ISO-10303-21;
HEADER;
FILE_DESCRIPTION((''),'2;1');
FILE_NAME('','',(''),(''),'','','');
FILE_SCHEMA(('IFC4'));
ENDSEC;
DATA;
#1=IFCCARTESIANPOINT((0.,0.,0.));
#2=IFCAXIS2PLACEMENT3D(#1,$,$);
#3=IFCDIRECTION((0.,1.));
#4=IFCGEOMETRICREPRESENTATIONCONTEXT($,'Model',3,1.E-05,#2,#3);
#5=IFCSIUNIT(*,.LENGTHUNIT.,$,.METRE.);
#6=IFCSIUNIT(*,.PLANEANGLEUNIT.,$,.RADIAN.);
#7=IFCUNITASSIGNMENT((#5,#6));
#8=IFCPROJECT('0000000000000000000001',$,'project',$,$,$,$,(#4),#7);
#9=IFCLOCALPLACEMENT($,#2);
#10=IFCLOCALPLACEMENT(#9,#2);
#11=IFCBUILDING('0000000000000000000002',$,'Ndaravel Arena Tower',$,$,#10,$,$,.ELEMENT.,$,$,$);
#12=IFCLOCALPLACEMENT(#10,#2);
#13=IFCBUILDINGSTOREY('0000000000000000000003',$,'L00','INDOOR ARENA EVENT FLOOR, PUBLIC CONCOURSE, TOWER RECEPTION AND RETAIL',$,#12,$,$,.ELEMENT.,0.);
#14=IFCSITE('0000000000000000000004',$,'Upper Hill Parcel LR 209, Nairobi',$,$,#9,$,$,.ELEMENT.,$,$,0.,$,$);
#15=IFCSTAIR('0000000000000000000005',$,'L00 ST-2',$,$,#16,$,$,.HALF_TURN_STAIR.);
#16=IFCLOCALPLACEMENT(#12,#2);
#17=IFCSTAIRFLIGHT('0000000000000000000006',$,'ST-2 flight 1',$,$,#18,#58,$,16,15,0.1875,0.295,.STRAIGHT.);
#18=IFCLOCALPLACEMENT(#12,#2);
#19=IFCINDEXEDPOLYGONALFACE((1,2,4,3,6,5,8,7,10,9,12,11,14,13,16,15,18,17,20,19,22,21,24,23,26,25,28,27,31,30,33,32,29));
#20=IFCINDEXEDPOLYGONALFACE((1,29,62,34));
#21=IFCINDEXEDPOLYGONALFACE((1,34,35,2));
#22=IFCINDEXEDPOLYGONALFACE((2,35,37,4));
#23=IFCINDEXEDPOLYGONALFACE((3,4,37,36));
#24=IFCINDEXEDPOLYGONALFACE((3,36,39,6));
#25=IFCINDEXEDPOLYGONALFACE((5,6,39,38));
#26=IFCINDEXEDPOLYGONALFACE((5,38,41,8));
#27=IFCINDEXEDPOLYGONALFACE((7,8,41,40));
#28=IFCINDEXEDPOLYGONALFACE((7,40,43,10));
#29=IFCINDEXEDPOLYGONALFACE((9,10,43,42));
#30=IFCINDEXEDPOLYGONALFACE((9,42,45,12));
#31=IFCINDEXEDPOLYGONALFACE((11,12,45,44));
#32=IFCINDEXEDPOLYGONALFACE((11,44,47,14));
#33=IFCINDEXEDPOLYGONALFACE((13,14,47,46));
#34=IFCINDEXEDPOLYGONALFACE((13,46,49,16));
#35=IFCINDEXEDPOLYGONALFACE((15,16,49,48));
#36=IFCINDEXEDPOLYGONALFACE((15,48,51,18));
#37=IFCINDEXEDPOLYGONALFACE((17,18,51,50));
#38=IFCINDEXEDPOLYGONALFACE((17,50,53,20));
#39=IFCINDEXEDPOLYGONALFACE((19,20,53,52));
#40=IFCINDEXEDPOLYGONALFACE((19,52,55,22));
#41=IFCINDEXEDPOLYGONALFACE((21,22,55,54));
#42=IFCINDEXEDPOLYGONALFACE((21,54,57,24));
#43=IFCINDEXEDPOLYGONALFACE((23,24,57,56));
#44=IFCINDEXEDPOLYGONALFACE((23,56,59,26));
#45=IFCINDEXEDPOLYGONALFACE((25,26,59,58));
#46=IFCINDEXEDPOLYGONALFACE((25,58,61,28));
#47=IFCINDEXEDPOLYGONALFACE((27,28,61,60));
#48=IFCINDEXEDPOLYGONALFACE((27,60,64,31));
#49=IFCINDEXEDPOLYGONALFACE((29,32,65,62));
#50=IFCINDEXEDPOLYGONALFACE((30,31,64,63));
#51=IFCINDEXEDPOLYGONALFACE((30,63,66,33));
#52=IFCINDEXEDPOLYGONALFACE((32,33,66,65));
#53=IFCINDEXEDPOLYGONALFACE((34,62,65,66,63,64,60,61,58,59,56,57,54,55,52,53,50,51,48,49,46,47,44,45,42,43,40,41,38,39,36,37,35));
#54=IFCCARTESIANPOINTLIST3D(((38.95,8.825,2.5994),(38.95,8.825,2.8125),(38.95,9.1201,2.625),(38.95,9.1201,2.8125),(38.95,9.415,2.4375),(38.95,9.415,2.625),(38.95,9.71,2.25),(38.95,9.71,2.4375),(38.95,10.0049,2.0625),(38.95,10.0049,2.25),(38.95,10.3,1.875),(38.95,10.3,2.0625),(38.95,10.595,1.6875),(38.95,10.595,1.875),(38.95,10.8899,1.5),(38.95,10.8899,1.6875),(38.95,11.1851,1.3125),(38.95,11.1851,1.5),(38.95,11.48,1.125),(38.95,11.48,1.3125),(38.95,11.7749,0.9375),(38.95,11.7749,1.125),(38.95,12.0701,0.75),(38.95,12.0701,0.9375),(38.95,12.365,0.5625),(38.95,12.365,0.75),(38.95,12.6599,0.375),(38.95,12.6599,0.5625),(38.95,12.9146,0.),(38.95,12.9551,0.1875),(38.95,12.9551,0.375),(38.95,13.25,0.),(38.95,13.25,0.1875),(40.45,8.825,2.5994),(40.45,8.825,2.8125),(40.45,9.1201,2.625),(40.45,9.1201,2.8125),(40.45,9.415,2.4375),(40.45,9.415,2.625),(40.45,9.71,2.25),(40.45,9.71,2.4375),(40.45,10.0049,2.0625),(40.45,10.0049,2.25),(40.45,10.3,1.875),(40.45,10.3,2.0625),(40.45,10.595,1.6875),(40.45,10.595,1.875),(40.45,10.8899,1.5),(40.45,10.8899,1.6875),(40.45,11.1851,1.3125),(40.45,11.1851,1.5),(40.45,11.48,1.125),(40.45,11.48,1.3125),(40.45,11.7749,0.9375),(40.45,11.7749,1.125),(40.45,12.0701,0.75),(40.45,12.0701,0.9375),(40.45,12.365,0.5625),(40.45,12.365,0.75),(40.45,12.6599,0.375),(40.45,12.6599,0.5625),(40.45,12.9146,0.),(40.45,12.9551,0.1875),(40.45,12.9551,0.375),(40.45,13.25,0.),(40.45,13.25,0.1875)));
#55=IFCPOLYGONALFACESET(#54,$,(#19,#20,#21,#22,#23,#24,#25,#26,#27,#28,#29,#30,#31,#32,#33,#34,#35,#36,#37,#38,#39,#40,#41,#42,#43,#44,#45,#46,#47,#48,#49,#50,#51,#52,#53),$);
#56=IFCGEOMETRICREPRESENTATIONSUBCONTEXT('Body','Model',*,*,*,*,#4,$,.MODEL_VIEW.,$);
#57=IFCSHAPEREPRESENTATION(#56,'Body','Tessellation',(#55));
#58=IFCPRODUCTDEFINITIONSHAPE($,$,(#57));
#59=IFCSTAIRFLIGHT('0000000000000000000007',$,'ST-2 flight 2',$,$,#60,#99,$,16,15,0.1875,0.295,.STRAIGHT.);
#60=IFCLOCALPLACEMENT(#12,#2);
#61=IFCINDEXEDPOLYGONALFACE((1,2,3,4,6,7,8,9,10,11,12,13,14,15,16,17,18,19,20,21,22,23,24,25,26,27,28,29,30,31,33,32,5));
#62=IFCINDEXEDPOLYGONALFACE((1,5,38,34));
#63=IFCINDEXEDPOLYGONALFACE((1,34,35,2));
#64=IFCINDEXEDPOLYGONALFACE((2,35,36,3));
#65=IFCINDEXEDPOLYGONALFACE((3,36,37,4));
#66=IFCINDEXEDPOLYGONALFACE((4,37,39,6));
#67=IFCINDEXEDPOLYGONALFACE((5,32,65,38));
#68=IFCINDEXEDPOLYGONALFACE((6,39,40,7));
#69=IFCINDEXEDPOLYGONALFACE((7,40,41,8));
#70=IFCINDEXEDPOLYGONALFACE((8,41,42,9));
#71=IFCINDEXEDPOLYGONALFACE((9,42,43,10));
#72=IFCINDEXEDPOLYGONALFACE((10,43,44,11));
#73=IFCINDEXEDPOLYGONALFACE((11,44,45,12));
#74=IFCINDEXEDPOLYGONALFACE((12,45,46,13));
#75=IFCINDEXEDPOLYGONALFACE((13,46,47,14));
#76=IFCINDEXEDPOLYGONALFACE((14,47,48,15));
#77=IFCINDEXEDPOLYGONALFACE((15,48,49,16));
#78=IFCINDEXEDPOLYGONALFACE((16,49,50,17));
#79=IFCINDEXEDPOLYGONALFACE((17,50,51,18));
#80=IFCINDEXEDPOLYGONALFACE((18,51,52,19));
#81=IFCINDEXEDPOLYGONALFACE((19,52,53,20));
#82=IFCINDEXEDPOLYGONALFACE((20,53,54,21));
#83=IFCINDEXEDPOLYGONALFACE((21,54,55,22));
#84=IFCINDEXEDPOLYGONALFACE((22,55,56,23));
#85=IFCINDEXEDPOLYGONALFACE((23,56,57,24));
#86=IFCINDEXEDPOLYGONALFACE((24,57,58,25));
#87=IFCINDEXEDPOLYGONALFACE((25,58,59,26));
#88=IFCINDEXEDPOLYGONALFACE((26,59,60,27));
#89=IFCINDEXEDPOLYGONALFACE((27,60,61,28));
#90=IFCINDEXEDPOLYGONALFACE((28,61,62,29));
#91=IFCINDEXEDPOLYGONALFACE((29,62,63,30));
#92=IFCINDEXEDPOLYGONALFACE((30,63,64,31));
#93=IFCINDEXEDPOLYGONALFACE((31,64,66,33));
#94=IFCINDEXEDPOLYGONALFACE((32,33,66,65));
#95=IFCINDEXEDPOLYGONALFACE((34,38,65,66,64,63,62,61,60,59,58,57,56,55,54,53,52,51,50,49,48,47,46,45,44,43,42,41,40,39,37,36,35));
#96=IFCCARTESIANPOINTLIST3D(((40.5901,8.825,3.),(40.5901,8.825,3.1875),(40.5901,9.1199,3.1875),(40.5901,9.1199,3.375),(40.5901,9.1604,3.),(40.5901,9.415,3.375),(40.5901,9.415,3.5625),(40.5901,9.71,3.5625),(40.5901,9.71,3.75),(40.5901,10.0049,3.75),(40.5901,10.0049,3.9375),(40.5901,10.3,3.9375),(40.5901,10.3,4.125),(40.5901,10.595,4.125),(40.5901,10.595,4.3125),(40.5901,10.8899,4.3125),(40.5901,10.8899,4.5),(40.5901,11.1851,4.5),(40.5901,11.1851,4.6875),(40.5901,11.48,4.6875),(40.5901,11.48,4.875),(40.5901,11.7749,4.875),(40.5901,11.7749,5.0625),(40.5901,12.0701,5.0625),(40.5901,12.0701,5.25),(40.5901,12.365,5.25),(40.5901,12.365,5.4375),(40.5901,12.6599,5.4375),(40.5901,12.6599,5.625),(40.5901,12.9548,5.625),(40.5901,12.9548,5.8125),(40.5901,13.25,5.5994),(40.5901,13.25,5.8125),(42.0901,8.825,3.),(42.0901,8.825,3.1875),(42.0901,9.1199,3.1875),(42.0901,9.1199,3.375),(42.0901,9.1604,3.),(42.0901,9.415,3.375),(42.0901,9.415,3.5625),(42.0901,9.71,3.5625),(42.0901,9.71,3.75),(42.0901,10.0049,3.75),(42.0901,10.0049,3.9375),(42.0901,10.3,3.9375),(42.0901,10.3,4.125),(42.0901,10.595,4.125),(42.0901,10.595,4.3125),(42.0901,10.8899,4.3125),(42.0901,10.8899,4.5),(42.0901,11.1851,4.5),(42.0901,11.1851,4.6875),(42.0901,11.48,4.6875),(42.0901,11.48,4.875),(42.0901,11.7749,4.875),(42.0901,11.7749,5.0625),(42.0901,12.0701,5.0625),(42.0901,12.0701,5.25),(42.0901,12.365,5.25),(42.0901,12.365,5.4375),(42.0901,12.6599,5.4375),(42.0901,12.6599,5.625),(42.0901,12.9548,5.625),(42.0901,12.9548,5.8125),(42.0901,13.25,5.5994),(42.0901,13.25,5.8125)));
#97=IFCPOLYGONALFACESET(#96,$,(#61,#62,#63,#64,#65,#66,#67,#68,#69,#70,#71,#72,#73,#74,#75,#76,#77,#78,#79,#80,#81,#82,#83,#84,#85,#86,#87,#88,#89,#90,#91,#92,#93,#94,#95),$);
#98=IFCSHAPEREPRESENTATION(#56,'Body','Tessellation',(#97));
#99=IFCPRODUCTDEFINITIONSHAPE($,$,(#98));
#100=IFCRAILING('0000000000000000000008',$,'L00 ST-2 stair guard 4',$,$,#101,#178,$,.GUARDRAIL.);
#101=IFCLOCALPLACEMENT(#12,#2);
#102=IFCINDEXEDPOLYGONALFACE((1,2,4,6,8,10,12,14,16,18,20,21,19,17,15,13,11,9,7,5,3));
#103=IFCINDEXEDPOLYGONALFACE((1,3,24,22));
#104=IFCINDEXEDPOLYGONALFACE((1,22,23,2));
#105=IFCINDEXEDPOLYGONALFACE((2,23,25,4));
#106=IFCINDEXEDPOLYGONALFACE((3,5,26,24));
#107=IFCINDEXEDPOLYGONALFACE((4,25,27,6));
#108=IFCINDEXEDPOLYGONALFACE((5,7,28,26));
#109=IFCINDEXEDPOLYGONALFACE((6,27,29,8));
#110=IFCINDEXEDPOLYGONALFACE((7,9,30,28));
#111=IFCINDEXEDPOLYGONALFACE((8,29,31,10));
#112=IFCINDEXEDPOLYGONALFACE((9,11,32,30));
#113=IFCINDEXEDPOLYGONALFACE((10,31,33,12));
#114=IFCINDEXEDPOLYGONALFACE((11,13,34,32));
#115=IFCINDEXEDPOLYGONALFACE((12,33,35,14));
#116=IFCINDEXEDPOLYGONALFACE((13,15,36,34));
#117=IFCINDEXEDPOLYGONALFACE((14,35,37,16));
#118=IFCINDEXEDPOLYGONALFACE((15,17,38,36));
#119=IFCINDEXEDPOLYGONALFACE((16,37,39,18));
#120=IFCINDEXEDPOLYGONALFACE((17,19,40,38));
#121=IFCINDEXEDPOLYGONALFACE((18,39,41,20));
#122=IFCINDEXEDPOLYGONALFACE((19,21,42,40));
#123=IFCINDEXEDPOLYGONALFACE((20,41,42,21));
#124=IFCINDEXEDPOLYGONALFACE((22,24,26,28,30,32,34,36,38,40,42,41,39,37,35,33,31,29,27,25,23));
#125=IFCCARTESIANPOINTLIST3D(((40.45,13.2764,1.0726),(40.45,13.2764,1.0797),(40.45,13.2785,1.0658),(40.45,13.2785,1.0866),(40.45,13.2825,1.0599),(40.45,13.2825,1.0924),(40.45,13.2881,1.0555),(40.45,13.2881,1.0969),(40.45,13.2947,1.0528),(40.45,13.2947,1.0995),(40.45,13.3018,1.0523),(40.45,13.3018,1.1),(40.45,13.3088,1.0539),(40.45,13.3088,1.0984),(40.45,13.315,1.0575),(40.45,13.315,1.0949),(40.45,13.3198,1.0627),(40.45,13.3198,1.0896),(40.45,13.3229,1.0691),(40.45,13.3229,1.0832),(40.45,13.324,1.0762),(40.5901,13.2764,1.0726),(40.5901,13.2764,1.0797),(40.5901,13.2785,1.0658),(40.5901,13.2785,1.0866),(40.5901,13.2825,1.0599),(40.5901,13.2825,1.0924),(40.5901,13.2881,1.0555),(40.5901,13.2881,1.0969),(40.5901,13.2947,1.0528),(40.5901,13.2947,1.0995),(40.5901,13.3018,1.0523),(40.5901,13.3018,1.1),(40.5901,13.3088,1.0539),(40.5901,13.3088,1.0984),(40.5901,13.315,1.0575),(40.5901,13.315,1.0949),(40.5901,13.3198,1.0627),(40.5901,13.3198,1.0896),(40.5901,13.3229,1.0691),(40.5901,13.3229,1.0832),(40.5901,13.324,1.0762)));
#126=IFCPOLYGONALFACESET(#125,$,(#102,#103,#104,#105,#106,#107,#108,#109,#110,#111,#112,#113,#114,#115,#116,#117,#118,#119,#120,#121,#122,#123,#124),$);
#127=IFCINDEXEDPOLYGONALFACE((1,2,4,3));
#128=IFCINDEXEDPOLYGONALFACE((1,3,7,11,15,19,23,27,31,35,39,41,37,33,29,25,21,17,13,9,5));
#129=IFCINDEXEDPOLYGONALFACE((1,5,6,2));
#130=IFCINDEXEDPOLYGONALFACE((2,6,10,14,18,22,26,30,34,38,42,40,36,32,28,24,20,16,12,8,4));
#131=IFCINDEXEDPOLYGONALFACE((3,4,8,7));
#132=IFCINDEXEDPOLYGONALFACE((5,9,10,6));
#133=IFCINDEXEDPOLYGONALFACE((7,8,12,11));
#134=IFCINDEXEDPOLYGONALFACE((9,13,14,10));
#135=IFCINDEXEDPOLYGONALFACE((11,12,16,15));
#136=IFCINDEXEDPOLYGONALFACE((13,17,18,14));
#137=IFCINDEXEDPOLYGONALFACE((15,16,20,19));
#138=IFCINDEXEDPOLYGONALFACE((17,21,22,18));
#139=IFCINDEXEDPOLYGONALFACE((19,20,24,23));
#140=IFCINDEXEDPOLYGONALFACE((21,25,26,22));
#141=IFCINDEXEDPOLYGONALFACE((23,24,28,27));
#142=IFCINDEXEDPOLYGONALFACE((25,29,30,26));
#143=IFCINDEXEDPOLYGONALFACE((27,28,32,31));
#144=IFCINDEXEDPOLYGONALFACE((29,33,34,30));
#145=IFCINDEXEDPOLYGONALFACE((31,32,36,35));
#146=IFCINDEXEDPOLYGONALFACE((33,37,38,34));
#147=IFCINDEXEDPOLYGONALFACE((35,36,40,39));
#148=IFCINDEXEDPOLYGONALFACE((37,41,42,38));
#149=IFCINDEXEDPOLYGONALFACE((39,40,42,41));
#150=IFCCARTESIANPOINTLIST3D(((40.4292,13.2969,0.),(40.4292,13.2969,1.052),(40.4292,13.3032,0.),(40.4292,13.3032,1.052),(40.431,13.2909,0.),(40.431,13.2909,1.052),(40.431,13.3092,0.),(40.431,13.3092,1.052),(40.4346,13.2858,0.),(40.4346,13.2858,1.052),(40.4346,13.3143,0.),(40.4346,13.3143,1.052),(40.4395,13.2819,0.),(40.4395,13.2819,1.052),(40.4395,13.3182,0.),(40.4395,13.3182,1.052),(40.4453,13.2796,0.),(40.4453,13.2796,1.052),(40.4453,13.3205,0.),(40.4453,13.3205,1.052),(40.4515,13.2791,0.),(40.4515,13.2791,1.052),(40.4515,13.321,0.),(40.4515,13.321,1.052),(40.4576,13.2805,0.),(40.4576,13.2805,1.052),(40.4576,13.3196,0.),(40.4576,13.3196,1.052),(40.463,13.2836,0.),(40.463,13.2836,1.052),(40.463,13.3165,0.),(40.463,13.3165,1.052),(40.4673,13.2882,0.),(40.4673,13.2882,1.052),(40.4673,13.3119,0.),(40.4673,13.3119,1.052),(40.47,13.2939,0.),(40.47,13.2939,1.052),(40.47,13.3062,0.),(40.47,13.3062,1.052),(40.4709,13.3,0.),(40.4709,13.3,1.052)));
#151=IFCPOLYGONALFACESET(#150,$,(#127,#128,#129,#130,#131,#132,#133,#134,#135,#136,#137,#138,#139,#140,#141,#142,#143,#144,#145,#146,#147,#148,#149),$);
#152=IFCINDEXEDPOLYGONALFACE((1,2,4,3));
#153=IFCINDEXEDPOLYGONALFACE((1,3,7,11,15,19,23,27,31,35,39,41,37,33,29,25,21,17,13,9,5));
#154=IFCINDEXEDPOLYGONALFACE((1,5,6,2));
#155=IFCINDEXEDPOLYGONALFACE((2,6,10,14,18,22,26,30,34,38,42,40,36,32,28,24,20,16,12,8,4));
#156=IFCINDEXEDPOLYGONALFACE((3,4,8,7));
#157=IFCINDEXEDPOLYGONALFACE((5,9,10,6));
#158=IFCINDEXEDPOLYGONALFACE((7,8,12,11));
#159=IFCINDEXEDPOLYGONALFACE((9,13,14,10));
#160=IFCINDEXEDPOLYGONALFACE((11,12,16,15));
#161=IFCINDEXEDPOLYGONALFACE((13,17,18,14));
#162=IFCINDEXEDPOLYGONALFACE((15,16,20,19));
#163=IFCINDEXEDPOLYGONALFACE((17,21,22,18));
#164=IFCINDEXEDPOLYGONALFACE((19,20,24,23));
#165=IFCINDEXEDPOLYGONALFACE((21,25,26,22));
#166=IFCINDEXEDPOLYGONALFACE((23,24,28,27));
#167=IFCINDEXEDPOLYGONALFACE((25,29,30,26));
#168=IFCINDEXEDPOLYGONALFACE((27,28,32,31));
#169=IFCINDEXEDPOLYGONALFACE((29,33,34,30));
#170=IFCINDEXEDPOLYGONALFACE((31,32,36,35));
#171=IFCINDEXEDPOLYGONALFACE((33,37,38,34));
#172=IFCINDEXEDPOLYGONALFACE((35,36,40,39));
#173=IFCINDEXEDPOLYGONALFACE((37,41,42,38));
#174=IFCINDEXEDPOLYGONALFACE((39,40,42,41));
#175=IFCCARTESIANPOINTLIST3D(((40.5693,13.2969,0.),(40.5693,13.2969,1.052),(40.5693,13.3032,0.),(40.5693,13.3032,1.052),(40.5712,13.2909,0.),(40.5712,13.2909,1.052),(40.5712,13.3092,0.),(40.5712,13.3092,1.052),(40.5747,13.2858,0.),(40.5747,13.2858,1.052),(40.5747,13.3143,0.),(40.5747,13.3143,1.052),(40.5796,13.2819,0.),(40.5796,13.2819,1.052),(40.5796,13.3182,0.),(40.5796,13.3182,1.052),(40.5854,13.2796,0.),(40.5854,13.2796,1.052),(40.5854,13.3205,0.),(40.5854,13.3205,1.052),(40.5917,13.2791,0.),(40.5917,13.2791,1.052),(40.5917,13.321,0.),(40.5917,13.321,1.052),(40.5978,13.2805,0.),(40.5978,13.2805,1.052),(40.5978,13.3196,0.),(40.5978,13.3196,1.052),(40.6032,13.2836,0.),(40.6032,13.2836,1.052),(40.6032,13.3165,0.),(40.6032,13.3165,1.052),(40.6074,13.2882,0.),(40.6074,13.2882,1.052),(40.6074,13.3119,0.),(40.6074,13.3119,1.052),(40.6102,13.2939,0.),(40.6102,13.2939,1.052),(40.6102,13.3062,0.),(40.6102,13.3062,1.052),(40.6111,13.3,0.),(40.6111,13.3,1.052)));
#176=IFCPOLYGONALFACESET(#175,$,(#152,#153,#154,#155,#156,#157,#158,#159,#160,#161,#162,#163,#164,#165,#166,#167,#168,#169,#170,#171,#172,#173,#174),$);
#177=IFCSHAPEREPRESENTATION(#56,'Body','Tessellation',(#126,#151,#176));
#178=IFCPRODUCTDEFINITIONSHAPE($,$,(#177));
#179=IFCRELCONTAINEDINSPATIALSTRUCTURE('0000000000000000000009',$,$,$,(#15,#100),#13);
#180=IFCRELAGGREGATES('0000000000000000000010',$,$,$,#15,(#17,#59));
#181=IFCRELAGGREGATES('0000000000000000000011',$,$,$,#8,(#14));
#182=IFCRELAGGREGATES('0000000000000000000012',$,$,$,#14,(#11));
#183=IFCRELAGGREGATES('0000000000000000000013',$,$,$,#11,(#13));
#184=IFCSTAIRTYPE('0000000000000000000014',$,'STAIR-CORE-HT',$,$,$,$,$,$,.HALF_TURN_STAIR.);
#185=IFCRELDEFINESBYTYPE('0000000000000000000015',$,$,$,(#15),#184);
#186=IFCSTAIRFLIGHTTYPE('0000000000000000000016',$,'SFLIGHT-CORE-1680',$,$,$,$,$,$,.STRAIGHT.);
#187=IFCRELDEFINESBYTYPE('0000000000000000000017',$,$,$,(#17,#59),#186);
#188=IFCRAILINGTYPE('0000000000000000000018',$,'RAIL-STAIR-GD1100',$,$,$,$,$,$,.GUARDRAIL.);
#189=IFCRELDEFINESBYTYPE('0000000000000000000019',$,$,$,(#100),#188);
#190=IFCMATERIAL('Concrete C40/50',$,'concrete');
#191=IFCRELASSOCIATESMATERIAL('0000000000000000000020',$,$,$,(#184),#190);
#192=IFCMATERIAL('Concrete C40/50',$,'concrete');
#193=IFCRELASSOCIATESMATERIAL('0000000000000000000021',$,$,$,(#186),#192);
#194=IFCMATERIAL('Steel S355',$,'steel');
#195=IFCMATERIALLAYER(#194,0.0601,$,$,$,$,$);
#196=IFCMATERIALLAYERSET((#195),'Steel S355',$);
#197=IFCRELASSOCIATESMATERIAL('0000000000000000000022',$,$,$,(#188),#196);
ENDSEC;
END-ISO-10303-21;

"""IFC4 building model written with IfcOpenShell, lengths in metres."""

from ifc_helpers import new_model, si_unit, direction, frame, origin, origin_2d, place, context, subcontext, project, spatial, polyline, circle, outline, extrude, material, layer, layer_set, type_object, element, aggregate, save


model = new_model("IFC4")

# Units and contexts
model_context = context("Model", 3, precision=1e-05, world=origin(), true_north=direction((0.0, 1.0)))
body_context = subcontext(model_context, "Body", "Model", "MODEL_VIEW")
ifc_project = project(units=[si_unit("LENGTHUNIT", "METRE"), si_unit("PLANEANGLEUNIT", "RADIAN")], contexts=[model_context])

# Site, building, storey
site_placement = place(None, origin())
site = spatial("IfcSite", under=ifc_project, at=site_placement, Name="Upper Hill Parcel LR 209, Nairobi", CompositionType="ELEMENT", RefElevation=0.0)
building_placement = place(site_placement, origin())
building = spatial("IfcBuilding", under=site, at=building_placement, Name="Ndaravel Arena Tower", CompositionType="ELEMENT")
storey_placement = place(building_placement, origin())
storey = spatial("IfcBuildingStorey", under=building, at=storey_placement, Name="L00", Description="INDOOR ARENA EVENT FLOOR, PUBLIC CONCOURSE, TOWER RECEPTION AND RETAIL", CompositionType="ELEMENT", Elevation=0.0)

# Stair, stair flights
ifc_material_1 = material(Name="Concrete C40/50", Category="concrete")
stair_type = type_object("IfcStairType", Name="STAIR-CORE-HT", PredefinedType="HALF_TURN_STAIR", material=ifc_material_1)
stair_placement = place(storey_placement, origin())
stair = element("IfcStair", 1, at=stair_placement, inside=storey, type_object=stair_type, Name="L00 ST-2", PredefinedType="HALF_TURN_STAIR")
ifc_material_2 = material(Name="Concrete C40/50", Category="concrete")
stair_flight_type = type_object("IfcStairFlightType", Name="SFLIGHT-CORE-1680", PredefinedType="STRAIGHT", material=ifc_material_2)
stair_flight_1_placement = place(storey_placement, frame((39.7, 13.25, 0.0), z_axis=(0.0, 0.0, 1.0), x_axis=(0.0, -1.0, 0.0)))
stair_flight_1 = element("IfcStairFlight", 2, at=stair_flight_1_placement, type_object=stair_flight_type, Name="ST-2 flight 1", NumberOfRisers=16, NumberOfTreads=15, PredefinedType="STRAIGHT", RiserHeight=0.1875, TreadLength=0.295, context=body_context, shape_type="SweptSolid", body=[
    extrude(outline(polyline([(0.0, 0.0), (0.0, 0.1875), (0.2949, 0.1875), (0.2949, 0.375), (0.5901, 0.375), (0.5901, 0.5625), (0.885, 0.5625), (0.885, 0.75), (1.1799, 0.75), (1.1799, 0.9375), (1.4751, 0.9375), (1.4751, 1.125), (1.77, 1.125), (1.77, 1.3125), (2.0649, 1.3125), (2.0649, 1.5), (2.3601, 1.5), (2.3601, 1.6875), (2.655, 1.6875), (2.655, 1.875), (2.95, 1.875), (2.95, 2.0625), (3.2451, 2.0625), (3.2451, 2.25), (3.54, 2.25), (3.54, 2.4375), (3.835, 2.4375), (3.835, 2.625), (4.1299, 2.625), (4.1299, 2.8125), (4.425, 2.8125), (4.425, 3.0), (4.425, 2.5994), (0.3354, 0.0), (0.0, 0.0)])), frame((0.0, 0.75, 0.0), z_axis=(0.0, -1.0, 0.0), x_axis=(1.0, 0.0, 0.0)), (0.0, 0.0, 1.0), 1.5),
])
stair_flight_2_placement = place(storey_placement, frame((41.3401, 8.825, 3.0), z_axis=(0.0, 0.0, 1.0), x_axis=(0.0, 1.0, 0.0)))
stair_flight_2 = element("IfcStairFlight", 3, at=stair_flight_2_placement, type_object=stair_flight_type, Name="ST-2 flight 2", NumberOfRisers=16, NumberOfTreads=15, PredefinedType="STRAIGHT", RiserHeight=0.1875, TreadLength=0.295, context=body_context, shape_type="SweptSolid", body=[
    extrude(outline(polyline([(0.0, 0.0), (0.0, 0.1875), (0.2949, 0.1875), (0.2949, 0.375), (0.5901, 0.375), (0.5901, 0.5625), (0.885, 0.5625), (0.885, 0.75), (1.1799, 0.75), (1.1799, 0.9375), (1.4751, 0.9375), (1.4751, 1.125), (1.77, 1.125), (1.77, 1.3125), (2.0649, 1.3125), (2.0649, 1.5), (2.3601, 1.5), (2.3601, 1.6875), (2.655, 1.6875), (2.655, 1.875), (2.95, 1.875), (2.95, 2.0625), (3.2451, 2.0625), (3.2451, 2.25), (3.54, 2.25), (3.54, 2.4375), (3.835, 2.4375), (3.835, 2.625), (4.1299, 2.625), (4.1299, 2.8125), (4.425, 2.8125), (4.425, 3.0), (4.425, 2.5994), (0.3354, 0.0), (0.0, 0.0)])), frame((0.0, 0.75, 0.0), z_axis=(0.0, -1.0, 0.0), x_axis=(1.0, 0.0, 0.0)), (0.0, 0.0, 1.0), 1.5),
])
aggregate(stair, [stair_flight_1, stair_flight_2])

# Railing
ifc_material_3 = material(Name="Steel S355", Category="steel")
ifc_layer_1 = layer(ifc_material_3, 0.0601)
ifc_layer_set_1 = layer_set([ifc_layer_1], Name="Steel S355")
railing_type_1 = type_object("IfcRailingType", Name="RAIL-STAIR-GD1100", PredefinedType="GUARDRAIL", material=ifc_layer_set_1)
railing_1_placement = place(storey_placement, frame((40.45, 13.3, 0.0)))
element("IfcRailing", 4, at=railing_1_placement, inside=storey, type_object=railing_type_1, Name="L00 ST-2 stair guard 4", PredefinedType="GUARDRAIL", context=body_context, shape_type="SweptSolid", body=[
    extrude(circle(Radius=0.0239, at=origin_2d()), frame((0.0, 0.0, 1.0762), z_axis=(1.0, 0.0, 0.0), x_axis=(0.0, 1.0, 0.0)), (0.0, 0.0, 1.0), 0.1401),
    extrude(circle(Radius=0.021, at=origin_2d()), origin(), (0.0, 0.0, 1.0), 1.052),
    extrude(circle(Radius=0.021, at=origin_2d()), frame((0.1401, 0.0, 0.0)), (0.0, 0.0, 1.0), 1.052),
])

save(model, "model.ifc")
